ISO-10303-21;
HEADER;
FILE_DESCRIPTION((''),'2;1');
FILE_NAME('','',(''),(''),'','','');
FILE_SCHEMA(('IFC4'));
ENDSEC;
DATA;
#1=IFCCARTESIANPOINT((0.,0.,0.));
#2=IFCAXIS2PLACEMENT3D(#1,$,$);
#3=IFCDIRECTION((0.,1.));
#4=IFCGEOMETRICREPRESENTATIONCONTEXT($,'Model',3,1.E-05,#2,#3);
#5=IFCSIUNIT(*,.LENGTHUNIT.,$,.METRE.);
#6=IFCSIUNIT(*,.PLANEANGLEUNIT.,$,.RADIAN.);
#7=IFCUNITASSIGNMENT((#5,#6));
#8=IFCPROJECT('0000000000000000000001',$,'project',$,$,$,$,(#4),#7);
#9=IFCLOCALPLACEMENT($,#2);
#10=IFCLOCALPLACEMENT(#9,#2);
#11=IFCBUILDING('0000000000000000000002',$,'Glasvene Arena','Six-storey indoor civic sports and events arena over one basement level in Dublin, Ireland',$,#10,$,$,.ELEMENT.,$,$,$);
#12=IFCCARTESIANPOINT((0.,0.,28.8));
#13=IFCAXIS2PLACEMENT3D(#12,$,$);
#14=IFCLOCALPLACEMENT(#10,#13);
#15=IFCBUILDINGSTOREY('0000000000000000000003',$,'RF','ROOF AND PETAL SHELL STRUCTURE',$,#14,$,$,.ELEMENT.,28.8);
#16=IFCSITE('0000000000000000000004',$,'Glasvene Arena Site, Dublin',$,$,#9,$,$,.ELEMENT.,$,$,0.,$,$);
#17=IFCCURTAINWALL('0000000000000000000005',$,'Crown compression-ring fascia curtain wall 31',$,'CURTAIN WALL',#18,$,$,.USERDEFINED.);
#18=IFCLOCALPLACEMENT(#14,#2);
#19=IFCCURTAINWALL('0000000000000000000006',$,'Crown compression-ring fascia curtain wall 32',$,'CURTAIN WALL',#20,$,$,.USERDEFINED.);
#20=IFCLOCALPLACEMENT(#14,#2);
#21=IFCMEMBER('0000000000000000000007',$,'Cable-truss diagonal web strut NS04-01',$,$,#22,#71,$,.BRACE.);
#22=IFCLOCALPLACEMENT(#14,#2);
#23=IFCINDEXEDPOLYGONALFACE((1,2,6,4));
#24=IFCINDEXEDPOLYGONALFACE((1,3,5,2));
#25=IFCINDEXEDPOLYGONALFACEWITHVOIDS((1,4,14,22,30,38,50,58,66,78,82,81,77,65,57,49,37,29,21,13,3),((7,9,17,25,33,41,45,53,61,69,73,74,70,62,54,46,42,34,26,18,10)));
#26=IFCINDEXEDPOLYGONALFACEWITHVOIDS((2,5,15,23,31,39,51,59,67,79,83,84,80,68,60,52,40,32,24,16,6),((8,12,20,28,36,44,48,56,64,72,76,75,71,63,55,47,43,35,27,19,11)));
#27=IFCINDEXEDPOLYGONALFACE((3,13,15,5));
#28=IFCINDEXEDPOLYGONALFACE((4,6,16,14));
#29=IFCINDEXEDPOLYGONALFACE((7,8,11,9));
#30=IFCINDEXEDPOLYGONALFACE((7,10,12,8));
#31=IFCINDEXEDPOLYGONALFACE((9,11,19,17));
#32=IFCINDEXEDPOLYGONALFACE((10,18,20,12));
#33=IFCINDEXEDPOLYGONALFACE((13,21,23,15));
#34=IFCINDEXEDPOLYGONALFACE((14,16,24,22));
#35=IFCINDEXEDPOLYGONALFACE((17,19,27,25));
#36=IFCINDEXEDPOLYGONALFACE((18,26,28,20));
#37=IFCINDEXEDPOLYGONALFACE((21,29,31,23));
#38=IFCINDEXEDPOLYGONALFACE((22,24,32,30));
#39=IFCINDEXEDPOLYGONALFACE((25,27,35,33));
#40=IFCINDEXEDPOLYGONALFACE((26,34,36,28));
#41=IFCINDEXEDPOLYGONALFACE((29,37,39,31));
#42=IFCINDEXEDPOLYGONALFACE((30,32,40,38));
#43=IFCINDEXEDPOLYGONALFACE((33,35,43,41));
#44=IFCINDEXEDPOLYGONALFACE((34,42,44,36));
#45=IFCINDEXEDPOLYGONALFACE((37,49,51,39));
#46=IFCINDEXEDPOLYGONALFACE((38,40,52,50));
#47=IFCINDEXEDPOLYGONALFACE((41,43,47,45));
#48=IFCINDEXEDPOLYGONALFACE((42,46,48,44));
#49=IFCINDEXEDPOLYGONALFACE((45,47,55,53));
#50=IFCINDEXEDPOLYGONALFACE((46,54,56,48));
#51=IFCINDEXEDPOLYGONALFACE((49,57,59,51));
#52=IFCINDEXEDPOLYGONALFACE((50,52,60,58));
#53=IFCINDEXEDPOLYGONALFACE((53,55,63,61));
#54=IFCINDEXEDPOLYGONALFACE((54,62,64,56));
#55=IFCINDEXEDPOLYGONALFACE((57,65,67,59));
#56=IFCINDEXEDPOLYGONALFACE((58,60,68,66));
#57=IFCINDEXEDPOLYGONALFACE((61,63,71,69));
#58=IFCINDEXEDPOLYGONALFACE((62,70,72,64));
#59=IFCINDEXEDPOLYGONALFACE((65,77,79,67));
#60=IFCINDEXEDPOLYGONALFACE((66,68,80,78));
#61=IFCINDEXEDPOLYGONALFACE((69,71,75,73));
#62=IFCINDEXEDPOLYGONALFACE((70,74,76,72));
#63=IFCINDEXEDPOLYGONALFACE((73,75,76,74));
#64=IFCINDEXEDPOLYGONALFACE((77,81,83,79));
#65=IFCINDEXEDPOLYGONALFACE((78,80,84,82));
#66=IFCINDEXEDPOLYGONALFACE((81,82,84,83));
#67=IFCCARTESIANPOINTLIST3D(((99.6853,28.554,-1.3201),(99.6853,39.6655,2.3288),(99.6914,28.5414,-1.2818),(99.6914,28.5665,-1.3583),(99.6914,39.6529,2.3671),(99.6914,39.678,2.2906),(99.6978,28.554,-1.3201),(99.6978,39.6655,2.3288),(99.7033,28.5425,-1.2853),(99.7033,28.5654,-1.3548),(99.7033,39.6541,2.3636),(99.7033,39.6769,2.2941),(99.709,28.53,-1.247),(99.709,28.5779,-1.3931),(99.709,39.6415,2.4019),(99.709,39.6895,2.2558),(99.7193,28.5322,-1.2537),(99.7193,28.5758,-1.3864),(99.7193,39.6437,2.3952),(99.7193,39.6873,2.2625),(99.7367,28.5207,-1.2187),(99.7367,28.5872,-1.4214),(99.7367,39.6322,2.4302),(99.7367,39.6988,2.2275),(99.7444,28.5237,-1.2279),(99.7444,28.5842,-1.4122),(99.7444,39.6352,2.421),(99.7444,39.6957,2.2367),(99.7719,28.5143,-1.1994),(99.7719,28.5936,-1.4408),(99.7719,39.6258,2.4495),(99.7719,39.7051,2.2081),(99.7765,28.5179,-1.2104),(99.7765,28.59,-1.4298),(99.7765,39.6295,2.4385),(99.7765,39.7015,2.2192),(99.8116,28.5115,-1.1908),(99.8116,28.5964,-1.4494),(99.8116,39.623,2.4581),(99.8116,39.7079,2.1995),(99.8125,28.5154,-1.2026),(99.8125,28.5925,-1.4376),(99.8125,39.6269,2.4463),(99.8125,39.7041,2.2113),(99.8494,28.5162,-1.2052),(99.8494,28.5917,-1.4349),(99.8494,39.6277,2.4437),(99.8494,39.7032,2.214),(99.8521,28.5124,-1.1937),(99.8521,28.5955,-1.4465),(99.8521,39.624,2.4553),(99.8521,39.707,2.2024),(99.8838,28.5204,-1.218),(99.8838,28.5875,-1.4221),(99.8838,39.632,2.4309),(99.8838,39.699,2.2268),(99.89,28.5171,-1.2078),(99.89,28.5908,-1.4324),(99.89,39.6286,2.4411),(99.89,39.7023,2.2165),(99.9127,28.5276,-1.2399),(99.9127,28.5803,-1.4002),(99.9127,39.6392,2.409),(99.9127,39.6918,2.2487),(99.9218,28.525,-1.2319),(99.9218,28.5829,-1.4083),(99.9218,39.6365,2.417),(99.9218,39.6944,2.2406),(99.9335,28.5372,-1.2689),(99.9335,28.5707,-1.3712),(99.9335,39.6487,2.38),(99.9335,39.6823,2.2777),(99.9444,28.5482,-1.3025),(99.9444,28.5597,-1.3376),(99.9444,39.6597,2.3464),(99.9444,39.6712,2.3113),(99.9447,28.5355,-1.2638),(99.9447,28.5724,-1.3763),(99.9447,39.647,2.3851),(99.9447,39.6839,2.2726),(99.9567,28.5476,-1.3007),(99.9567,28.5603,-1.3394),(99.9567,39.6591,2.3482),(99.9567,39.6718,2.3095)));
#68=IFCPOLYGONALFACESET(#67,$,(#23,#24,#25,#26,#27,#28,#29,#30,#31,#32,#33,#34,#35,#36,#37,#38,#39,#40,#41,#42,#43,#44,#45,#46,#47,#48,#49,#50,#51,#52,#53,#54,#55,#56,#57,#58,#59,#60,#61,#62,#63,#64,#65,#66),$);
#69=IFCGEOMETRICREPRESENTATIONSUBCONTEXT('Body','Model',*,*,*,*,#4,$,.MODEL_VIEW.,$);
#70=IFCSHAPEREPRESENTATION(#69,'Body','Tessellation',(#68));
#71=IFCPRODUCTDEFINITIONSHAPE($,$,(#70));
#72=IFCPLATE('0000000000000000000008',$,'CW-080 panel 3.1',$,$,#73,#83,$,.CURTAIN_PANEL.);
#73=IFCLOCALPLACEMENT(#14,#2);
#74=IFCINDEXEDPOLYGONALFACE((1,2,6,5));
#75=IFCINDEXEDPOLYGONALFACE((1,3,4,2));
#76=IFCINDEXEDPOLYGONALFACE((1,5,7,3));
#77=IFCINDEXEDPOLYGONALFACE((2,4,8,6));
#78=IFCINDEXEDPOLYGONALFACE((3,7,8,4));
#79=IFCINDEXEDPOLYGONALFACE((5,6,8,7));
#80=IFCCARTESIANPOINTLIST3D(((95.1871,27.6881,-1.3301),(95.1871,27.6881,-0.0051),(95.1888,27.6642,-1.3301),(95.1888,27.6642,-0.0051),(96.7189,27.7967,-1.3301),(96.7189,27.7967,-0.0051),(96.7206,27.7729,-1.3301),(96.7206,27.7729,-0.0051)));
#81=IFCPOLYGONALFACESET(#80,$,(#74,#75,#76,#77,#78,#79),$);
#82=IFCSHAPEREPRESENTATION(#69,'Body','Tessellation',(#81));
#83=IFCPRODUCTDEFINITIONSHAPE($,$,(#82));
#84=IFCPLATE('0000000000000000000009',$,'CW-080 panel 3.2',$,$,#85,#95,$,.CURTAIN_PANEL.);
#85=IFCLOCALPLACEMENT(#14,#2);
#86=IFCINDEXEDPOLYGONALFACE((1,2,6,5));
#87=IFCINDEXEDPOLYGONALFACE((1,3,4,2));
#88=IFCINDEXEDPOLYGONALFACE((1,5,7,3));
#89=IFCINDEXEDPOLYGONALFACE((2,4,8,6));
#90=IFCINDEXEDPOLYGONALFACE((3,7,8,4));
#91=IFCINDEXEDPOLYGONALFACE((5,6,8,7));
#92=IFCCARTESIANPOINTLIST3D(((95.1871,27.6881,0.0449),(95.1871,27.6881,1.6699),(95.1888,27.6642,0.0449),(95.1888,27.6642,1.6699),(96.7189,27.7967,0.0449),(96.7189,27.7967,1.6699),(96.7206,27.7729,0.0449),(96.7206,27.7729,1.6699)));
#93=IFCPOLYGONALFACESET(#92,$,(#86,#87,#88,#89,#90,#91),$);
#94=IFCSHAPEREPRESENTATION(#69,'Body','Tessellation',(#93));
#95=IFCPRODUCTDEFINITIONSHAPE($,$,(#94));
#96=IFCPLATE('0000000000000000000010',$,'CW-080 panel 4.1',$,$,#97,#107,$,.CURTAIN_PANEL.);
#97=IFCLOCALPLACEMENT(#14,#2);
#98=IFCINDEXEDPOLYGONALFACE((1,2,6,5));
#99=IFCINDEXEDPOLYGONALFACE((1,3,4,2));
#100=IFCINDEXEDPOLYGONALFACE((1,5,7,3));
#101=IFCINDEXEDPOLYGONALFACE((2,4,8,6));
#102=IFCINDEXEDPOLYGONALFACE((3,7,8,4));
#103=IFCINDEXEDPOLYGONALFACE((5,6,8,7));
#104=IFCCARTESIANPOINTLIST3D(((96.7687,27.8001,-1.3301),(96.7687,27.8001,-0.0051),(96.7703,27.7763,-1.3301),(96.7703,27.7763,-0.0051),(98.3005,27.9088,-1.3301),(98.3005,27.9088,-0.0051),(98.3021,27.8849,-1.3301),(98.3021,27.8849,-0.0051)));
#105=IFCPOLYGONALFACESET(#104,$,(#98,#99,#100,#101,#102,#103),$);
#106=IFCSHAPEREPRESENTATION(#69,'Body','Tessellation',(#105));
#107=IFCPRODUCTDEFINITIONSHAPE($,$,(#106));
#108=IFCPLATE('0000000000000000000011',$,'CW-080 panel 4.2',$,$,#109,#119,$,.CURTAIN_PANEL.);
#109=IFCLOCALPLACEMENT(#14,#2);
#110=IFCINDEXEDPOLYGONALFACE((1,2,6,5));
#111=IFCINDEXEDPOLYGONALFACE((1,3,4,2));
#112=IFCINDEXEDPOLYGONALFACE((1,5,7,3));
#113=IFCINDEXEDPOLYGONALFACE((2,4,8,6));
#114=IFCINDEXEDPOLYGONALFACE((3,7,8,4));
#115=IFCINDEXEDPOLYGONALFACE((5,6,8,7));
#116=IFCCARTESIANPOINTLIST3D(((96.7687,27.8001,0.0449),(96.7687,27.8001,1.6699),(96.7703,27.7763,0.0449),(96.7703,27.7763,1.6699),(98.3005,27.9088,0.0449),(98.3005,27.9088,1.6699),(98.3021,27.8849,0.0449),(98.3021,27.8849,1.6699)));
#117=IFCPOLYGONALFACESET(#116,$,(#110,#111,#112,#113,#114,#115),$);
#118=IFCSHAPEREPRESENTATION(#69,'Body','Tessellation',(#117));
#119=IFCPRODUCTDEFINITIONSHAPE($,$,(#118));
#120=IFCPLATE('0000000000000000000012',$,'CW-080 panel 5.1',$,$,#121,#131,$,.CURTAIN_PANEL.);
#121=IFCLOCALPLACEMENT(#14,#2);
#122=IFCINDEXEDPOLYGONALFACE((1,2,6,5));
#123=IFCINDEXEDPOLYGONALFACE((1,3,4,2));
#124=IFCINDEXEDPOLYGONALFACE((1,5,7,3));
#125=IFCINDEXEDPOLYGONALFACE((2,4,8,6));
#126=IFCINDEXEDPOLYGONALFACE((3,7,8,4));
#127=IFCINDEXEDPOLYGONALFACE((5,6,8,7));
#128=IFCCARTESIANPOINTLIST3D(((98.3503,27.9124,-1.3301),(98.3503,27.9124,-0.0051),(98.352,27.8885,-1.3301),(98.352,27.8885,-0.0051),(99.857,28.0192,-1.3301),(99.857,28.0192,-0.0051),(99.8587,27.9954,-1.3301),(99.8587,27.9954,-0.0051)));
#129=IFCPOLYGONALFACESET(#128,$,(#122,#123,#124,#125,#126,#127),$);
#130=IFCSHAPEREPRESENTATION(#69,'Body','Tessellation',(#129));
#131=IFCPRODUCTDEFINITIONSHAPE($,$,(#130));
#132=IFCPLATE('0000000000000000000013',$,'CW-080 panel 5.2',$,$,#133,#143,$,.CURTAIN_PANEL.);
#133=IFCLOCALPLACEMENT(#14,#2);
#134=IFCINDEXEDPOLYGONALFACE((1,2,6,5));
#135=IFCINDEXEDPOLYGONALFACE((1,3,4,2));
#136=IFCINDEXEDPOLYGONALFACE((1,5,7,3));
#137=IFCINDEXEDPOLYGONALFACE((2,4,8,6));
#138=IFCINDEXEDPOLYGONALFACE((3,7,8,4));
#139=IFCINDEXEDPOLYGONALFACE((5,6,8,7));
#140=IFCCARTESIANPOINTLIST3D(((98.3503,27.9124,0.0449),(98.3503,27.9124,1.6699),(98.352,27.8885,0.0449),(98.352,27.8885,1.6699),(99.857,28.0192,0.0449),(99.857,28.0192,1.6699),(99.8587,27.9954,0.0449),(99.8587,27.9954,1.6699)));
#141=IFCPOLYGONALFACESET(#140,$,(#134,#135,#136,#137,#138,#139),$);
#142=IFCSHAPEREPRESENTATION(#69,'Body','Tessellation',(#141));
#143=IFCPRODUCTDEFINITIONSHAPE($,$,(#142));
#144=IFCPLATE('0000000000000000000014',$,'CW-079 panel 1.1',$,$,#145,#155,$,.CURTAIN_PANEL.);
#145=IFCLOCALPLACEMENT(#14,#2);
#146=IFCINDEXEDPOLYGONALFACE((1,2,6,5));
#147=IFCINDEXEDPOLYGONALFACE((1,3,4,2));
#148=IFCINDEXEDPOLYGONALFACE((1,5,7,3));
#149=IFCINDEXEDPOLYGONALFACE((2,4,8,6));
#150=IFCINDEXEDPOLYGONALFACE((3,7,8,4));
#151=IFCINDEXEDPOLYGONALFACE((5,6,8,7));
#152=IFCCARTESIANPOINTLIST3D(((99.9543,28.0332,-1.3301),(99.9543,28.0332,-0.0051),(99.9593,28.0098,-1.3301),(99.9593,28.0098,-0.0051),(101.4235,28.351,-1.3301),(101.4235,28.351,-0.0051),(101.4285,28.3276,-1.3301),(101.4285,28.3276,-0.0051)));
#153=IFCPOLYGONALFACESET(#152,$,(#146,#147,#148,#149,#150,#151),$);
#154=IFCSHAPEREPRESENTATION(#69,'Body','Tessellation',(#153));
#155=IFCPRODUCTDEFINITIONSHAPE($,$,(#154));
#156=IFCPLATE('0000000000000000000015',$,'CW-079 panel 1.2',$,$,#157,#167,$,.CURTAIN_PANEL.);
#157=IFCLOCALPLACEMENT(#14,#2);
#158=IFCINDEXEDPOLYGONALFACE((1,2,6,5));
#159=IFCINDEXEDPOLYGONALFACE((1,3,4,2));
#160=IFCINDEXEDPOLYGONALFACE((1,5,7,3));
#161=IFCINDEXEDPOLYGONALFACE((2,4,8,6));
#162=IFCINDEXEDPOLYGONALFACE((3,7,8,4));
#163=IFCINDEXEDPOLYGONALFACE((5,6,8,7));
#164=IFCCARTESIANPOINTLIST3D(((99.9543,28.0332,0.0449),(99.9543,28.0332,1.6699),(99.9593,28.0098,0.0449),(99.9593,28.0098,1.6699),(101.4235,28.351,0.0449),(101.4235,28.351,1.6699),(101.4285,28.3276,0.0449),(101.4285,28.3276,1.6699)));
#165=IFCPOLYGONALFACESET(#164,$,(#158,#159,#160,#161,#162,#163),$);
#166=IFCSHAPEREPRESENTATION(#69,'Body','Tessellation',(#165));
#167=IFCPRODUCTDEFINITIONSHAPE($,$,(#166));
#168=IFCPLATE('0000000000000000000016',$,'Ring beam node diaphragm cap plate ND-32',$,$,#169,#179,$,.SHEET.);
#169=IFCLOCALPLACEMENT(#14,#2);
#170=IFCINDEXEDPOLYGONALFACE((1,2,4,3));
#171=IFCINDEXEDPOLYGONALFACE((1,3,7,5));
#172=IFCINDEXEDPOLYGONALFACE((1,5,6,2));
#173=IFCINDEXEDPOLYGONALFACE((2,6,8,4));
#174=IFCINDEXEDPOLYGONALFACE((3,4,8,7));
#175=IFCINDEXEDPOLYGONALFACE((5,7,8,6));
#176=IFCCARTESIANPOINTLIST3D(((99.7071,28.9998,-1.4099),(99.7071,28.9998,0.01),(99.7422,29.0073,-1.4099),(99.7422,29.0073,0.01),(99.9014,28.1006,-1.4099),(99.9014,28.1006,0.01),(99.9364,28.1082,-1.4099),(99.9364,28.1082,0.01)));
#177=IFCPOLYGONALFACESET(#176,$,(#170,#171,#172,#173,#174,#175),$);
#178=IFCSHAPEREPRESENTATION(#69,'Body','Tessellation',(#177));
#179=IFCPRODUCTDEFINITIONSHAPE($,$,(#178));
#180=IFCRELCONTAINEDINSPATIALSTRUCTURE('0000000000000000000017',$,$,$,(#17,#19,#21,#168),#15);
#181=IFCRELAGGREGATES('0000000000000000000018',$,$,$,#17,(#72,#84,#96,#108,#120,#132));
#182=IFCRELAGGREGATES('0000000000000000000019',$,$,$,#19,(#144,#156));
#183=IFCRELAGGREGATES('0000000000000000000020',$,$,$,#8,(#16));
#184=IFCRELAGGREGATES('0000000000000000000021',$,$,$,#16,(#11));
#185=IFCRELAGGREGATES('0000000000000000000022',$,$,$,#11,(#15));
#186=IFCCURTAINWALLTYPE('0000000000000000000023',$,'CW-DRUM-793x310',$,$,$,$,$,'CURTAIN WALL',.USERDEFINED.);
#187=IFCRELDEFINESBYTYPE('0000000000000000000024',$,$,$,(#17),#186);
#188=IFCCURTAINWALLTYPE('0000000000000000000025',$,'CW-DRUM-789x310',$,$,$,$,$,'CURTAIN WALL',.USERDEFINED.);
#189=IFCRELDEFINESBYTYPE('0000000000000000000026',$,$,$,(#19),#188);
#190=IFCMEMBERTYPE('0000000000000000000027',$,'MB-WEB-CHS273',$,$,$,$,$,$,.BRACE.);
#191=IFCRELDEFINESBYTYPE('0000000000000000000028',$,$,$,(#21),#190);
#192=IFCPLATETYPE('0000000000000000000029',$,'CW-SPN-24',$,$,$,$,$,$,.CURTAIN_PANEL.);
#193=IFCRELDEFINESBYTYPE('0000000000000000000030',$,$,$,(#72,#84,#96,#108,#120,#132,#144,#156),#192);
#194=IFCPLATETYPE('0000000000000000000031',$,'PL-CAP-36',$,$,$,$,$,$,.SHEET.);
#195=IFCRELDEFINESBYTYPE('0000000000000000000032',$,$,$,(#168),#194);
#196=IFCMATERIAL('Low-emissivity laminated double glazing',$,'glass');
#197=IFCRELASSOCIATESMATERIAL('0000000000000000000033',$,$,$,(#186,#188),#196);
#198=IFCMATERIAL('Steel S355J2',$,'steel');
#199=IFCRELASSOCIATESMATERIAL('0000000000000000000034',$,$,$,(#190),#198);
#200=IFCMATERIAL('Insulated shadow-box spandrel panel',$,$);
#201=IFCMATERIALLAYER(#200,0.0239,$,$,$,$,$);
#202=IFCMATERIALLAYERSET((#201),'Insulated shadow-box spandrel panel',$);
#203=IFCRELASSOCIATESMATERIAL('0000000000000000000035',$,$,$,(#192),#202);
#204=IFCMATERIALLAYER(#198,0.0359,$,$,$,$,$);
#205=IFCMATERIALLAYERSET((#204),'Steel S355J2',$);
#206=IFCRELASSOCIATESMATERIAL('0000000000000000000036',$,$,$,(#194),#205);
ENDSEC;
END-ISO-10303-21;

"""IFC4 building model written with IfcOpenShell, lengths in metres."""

from ifc_helpers import new_model, si_unit, direction, frame, origin, origin_2d, place, context, subcontext, project, spatial, rectangle, hollow_circle, extrude, material, layer, layer_set, material_profile, profile_set, type_object, element, aggregate, save


model = new_model("IFC4")

# Units and contexts
model_context = context("Model", 3, precision=1e-05, world=origin(), true_north=direction((0.0, 1.0)))
body_context = subcontext(model_context, "Body", "Model", "MODEL_VIEW")
ifc_project = project(units=[si_unit("LENGTHUNIT", "METRE"), si_unit("PLANEANGLEUNIT", "RADIAN")], contexts=[model_context])

# Site, building, storey
site_placement = place(None, origin())
site = spatial("IfcSite", under=ifc_project, at=site_placement, Name="Glasvene Arena Site, Dublin", CompositionType="ELEMENT", RefElevation=0.0)
building_placement = place(site_placement, origin())
building = spatial("IfcBuilding", under=site, at=building_placement, Name="Glasvene Arena", Description="Six-storey indoor civic sports and events arena over one basement level in Dublin, Ireland", CompositionType="ELEMENT")
storey_placement = place(building_placement, frame((0.0, 0.0, 28.8)))
storey = spatial("IfcBuildingStorey", under=building, at=storey_placement, Name="RF", Description="ROOF AND PETAL SHELL STRUCTURE", CompositionType="ELEMENT", Elevation=28.8)

# Shared definitions
ifc_material_1 = material(Name="Steel S355J2", Category="steel")

# Curtain walls
ifc_material_2 = material(Name="Low-emissivity laminated double glazing", Category="glass")
curtain_wall_type_1 = type_object("IfcCurtainWallType", Name="CW-DRUM-793x310", ElementType="CURTAIN WALL", PredefinedType="USERDEFINED", material=ifc_material_2)
curtain_wall_1_placement = place(storey_placement, frame((92.0, 27.45, 0.0)))
curtain_wall_1 = element("IfcCurtainWall", 1, at=curtain_wall_1_placement, inside=storey, type_object=curtain_wall_type_1, Name="Crown compression-ring fascia curtain wall 31", ObjectType="CURTAIN WALL", PredefinedType="USERDEFINED")
curtain_wall_type_2 = type_object("IfcCurtainWallType", Name="CW-DRUM-789x310", ElementType="CURTAIN WALL", PredefinedType="USERDEFINED", material=ifc_material_2)
curtain_wall_2_placement = place(storey_placement, frame((99.9077, 28.0107, 0.0)))
curtain_wall_2 = element("IfcCurtainWall", 2, at=curtain_wall_2_placement, inside=storey, type_object=curtain_wall_type_2, Name="Crown compression-ring fascia curtain wall 32", ObjectType="CURTAIN WALL", PredefinedType="USERDEFINED")

# Member
ifc_material_profile_1 = material_profile(ifc_material_1, hollow_circle(Radius=0.1365, WallThickness=0.0125, at=origin_2d()), Name="CHS 273.0x12.5")
ifc_profile_set_1 = profile_set([ifc_material_profile_1], Name="Steel S355J2")
member_type_1 = type_object("IfcMemberType", Name="MB-WEB-CHS273", PredefinedType="BRACE", material=ifc_profile_set_1)
member_1_placement = place(storey_placement, frame((99.8218, 28.554, -1.3201), z_axis=(0.0, 0.950083, 0.311997), x_axis=(-1.0, 0.0, 0.0)))
element("IfcMember", 3, at=member_1_placement, inside=storey, type_object=member_type_1, Name="Cable-truss diagonal web strut NS04-01", PredefinedType="BRACE", context=body_context, shape_type="SweptSolid", body=[
    extrude(hollow_circle(Radius=0.1365, WallThickness=0.0125, at=origin_2d()), origin(), (0.0, 0.0, 1.0), 11.6953),
])

# Plates
ifc_material_3 = material(Name="Insulated shadow-box spandrel panel")
ifc_layer_1 = layer(ifc_material_3, 0.0239)
ifc_layer_set_1 = layer_set([ifc_layer_1], Name="Insulated shadow-box spandrel panel")
plate_type_1 = type_object("IfcPlateType", Name="CW-SPN-24", PredefinedType="CURTAIN_PANEL", material=ifc_layer_set_1)
plate_1_placement = place(storey_placement, frame((95.9539, 27.7305, -1.3301), z_axis=(0.0, 0.0, 1.0), x_axis=(0.997495, 0.07074, 0.0)))
plate_1 = element("IfcPlate", 4, at=plate_1_placement, type_object=plate_type_1, Name="CW-080 panel 3.1", PredefinedType="CURTAIN_PANEL", context=body_context, shape_type="SweptSolid", body=[
    extrude(rectangle(XDim=1.5356, YDim=0.0239, at=origin_2d()), origin(), (0.0, 0.0, 1.0), 1.325),
])
plate_2_placement = place(storey_placement, frame((95.9539, 27.7305, 0.0449), z_axis=(0.0, 0.0, 1.0), x_axis=(0.997495, 0.07074, 0.0)))
plate_2 = element("IfcPlate", 5, at=plate_2_placement, type_object=plate_type_1, Name="CW-080 panel 3.2", PredefinedType="CURTAIN_PANEL", context=body_context, shape_type="SweptSolid", body=[
    extrude(rectangle(XDim=1.5356, YDim=0.0239, at=origin_2d()), origin(), (0.0, 0.0, 1.0), 1.625),
])
plate_3_placement = place(storey_placement, frame((97.5354, 27.8425, -1.3301), z_axis=(0.0, 0.0, 1.0), x_axis=(0.997495, 0.07074, 0.0)))
plate_3 = element("IfcPlate", 6, at=plate_3_placement, type_object=plate_type_1, Name="CW-080 panel 4.1", PredefinedType="CURTAIN_PANEL", context=body_context, shape_type="SweptSolid", body=[
    extrude(rectangle(XDim=1.5356, YDim=0.0239, at=origin_2d()), origin(), (0.0, 0.0, 1.0), 1.325),
])
plate_4_placement = place(storey_placement, frame((97.5354, 27.8425, 0.0449), z_axis=(0.0, 0.0, 1.0), x_axis=(0.997495, 0.07074, 0.0)))
plate_4 = element("IfcPlate", 7, at=plate_4_placement, type_object=plate_type_1, Name="CW-080 panel 4.2", PredefinedType="CURTAIN_PANEL", context=body_context, shape_type="SweptSolid", body=[
    extrude(rectangle(XDim=1.5356, YDim=0.0239, at=origin_2d()), origin(), (0.0, 0.0, 1.0), 1.625),
])
plate_5_placement = place(storey_placement, frame((99.1045, 27.9539, -1.3301), z_axis=(0.0, 0.0, 1.0), x_axis=(0.997495, 0.07074, 0.0)))
plate_5 = element("IfcPlate", 8, at=plate_5_placement, type_object=plate_type_1, Name="CW-080 panel 5.1", PredefinedType="CURTAIN_PANEL", context=body_context, shape_type="SweptSolid", body=[
    extrude(rectangle(XDim=1.5105, YDim=0.0239, at=origin_2d()), origin(), (0.0, 0.0, 1.0), 1.325),
])
plate_6_placement = place(storey_placement, frame((99.1045, 27.9539, 0.0449), z_axis=(0.0, 0.0, 1.0), x_axis=(0.997495, 0.07074, 0.0)))
plate_6 = element("IfcPlate", 9, at=plate_6_placement, type_object=plate_type_1, Name="CW-080 panel 5.2", PredefinedType="CURTAIN_PANEL", context=body_context, shape_type="SweptSolid", body=[
    extrude(rectangle(XDim=1.5105, YDim=0.0239, at=origin_2d()), origin(), (0.0, 0.0, 1.0), 1.625),
])
aggregate(curtain_wall_1, [plate_1, plate_2, plate_3, plate_4, plate_5, plate_6])
plate_7_placement = place(storey_placement, frame((100.6914, 28.1804, -1.3301), z_axis=(0.0, 0.0, 1.0), x_axis=(0.97739, 0.211445, 0.0)))
plate_7 = element("IfcPlate", 10, at=plate_7_placement, type_object=plate_type_1, Name="CW-079 panel 1.1", PredefinedType="CURTAIN_PANEL", context=body_context, shape_type="SweptSolid", body=[
    extrude(rectangle(XDim=1.5032, YDim=0.0239, at=origin_2d()), origin(), (0.0, 0.0, 1.0), 1.325),
])
plate_8_placement = place(storey_placement, frame((100.6914, 28.1804, 0.0449), z_axis=(0.0, 0.0, 1.0), x_axis=(0.97739, 0.211445, 0.0)))
plate_8 = element("IfcPlate", 11, at=plate_8_placement, type_object=plate_type_1, Name="CW-079 panel 1.2", PredefinedType="CURTAIN_PANEL", context=body_context, shape_type="SweptSolid", body=[
    extrude(rectangle(XDim=1.5032, YDim=0.0239, at=origin_2d()), origin(), (0.0, 0.0, 1.0), 1.625),
])
aggregate(curtain_wall_2, [plate_7, plate_8])
ifc_layer_2 = layer(ifc_material_1, 0.0359)
ifc_layer_set_2 = layer_set([ifc_layer_2], Name="Steel S355J2")
plate_type_2 = type_object("IfcPlateType", Name="PL-CAP-36", PredefinedType="SHEET", material=ifc_layer_set_2)
plate_9_placement = place(storey_placement, frame((99.8218, 28.554, -1.4099), z_axis=(0.0, 0.0, 1.0), x_axis=(0.977453, 0.211154, 0.0)))
element("IfcPlate", 12, at=plate_9_placement, inside=storey, type_object=plate_type_2, Name="Ring beam node diaphragm cap plate ND-32", PredefinedType="SHEET", context=body_context, shape_type="SweptSolid", body=[
    extrude(rectangle(XDim=0.0359, YDim=0.9199, at=origin_2d()), origin(), (0.0, 0.0, 1.0), 1.4199),
])

save(model, "model.ifc")
